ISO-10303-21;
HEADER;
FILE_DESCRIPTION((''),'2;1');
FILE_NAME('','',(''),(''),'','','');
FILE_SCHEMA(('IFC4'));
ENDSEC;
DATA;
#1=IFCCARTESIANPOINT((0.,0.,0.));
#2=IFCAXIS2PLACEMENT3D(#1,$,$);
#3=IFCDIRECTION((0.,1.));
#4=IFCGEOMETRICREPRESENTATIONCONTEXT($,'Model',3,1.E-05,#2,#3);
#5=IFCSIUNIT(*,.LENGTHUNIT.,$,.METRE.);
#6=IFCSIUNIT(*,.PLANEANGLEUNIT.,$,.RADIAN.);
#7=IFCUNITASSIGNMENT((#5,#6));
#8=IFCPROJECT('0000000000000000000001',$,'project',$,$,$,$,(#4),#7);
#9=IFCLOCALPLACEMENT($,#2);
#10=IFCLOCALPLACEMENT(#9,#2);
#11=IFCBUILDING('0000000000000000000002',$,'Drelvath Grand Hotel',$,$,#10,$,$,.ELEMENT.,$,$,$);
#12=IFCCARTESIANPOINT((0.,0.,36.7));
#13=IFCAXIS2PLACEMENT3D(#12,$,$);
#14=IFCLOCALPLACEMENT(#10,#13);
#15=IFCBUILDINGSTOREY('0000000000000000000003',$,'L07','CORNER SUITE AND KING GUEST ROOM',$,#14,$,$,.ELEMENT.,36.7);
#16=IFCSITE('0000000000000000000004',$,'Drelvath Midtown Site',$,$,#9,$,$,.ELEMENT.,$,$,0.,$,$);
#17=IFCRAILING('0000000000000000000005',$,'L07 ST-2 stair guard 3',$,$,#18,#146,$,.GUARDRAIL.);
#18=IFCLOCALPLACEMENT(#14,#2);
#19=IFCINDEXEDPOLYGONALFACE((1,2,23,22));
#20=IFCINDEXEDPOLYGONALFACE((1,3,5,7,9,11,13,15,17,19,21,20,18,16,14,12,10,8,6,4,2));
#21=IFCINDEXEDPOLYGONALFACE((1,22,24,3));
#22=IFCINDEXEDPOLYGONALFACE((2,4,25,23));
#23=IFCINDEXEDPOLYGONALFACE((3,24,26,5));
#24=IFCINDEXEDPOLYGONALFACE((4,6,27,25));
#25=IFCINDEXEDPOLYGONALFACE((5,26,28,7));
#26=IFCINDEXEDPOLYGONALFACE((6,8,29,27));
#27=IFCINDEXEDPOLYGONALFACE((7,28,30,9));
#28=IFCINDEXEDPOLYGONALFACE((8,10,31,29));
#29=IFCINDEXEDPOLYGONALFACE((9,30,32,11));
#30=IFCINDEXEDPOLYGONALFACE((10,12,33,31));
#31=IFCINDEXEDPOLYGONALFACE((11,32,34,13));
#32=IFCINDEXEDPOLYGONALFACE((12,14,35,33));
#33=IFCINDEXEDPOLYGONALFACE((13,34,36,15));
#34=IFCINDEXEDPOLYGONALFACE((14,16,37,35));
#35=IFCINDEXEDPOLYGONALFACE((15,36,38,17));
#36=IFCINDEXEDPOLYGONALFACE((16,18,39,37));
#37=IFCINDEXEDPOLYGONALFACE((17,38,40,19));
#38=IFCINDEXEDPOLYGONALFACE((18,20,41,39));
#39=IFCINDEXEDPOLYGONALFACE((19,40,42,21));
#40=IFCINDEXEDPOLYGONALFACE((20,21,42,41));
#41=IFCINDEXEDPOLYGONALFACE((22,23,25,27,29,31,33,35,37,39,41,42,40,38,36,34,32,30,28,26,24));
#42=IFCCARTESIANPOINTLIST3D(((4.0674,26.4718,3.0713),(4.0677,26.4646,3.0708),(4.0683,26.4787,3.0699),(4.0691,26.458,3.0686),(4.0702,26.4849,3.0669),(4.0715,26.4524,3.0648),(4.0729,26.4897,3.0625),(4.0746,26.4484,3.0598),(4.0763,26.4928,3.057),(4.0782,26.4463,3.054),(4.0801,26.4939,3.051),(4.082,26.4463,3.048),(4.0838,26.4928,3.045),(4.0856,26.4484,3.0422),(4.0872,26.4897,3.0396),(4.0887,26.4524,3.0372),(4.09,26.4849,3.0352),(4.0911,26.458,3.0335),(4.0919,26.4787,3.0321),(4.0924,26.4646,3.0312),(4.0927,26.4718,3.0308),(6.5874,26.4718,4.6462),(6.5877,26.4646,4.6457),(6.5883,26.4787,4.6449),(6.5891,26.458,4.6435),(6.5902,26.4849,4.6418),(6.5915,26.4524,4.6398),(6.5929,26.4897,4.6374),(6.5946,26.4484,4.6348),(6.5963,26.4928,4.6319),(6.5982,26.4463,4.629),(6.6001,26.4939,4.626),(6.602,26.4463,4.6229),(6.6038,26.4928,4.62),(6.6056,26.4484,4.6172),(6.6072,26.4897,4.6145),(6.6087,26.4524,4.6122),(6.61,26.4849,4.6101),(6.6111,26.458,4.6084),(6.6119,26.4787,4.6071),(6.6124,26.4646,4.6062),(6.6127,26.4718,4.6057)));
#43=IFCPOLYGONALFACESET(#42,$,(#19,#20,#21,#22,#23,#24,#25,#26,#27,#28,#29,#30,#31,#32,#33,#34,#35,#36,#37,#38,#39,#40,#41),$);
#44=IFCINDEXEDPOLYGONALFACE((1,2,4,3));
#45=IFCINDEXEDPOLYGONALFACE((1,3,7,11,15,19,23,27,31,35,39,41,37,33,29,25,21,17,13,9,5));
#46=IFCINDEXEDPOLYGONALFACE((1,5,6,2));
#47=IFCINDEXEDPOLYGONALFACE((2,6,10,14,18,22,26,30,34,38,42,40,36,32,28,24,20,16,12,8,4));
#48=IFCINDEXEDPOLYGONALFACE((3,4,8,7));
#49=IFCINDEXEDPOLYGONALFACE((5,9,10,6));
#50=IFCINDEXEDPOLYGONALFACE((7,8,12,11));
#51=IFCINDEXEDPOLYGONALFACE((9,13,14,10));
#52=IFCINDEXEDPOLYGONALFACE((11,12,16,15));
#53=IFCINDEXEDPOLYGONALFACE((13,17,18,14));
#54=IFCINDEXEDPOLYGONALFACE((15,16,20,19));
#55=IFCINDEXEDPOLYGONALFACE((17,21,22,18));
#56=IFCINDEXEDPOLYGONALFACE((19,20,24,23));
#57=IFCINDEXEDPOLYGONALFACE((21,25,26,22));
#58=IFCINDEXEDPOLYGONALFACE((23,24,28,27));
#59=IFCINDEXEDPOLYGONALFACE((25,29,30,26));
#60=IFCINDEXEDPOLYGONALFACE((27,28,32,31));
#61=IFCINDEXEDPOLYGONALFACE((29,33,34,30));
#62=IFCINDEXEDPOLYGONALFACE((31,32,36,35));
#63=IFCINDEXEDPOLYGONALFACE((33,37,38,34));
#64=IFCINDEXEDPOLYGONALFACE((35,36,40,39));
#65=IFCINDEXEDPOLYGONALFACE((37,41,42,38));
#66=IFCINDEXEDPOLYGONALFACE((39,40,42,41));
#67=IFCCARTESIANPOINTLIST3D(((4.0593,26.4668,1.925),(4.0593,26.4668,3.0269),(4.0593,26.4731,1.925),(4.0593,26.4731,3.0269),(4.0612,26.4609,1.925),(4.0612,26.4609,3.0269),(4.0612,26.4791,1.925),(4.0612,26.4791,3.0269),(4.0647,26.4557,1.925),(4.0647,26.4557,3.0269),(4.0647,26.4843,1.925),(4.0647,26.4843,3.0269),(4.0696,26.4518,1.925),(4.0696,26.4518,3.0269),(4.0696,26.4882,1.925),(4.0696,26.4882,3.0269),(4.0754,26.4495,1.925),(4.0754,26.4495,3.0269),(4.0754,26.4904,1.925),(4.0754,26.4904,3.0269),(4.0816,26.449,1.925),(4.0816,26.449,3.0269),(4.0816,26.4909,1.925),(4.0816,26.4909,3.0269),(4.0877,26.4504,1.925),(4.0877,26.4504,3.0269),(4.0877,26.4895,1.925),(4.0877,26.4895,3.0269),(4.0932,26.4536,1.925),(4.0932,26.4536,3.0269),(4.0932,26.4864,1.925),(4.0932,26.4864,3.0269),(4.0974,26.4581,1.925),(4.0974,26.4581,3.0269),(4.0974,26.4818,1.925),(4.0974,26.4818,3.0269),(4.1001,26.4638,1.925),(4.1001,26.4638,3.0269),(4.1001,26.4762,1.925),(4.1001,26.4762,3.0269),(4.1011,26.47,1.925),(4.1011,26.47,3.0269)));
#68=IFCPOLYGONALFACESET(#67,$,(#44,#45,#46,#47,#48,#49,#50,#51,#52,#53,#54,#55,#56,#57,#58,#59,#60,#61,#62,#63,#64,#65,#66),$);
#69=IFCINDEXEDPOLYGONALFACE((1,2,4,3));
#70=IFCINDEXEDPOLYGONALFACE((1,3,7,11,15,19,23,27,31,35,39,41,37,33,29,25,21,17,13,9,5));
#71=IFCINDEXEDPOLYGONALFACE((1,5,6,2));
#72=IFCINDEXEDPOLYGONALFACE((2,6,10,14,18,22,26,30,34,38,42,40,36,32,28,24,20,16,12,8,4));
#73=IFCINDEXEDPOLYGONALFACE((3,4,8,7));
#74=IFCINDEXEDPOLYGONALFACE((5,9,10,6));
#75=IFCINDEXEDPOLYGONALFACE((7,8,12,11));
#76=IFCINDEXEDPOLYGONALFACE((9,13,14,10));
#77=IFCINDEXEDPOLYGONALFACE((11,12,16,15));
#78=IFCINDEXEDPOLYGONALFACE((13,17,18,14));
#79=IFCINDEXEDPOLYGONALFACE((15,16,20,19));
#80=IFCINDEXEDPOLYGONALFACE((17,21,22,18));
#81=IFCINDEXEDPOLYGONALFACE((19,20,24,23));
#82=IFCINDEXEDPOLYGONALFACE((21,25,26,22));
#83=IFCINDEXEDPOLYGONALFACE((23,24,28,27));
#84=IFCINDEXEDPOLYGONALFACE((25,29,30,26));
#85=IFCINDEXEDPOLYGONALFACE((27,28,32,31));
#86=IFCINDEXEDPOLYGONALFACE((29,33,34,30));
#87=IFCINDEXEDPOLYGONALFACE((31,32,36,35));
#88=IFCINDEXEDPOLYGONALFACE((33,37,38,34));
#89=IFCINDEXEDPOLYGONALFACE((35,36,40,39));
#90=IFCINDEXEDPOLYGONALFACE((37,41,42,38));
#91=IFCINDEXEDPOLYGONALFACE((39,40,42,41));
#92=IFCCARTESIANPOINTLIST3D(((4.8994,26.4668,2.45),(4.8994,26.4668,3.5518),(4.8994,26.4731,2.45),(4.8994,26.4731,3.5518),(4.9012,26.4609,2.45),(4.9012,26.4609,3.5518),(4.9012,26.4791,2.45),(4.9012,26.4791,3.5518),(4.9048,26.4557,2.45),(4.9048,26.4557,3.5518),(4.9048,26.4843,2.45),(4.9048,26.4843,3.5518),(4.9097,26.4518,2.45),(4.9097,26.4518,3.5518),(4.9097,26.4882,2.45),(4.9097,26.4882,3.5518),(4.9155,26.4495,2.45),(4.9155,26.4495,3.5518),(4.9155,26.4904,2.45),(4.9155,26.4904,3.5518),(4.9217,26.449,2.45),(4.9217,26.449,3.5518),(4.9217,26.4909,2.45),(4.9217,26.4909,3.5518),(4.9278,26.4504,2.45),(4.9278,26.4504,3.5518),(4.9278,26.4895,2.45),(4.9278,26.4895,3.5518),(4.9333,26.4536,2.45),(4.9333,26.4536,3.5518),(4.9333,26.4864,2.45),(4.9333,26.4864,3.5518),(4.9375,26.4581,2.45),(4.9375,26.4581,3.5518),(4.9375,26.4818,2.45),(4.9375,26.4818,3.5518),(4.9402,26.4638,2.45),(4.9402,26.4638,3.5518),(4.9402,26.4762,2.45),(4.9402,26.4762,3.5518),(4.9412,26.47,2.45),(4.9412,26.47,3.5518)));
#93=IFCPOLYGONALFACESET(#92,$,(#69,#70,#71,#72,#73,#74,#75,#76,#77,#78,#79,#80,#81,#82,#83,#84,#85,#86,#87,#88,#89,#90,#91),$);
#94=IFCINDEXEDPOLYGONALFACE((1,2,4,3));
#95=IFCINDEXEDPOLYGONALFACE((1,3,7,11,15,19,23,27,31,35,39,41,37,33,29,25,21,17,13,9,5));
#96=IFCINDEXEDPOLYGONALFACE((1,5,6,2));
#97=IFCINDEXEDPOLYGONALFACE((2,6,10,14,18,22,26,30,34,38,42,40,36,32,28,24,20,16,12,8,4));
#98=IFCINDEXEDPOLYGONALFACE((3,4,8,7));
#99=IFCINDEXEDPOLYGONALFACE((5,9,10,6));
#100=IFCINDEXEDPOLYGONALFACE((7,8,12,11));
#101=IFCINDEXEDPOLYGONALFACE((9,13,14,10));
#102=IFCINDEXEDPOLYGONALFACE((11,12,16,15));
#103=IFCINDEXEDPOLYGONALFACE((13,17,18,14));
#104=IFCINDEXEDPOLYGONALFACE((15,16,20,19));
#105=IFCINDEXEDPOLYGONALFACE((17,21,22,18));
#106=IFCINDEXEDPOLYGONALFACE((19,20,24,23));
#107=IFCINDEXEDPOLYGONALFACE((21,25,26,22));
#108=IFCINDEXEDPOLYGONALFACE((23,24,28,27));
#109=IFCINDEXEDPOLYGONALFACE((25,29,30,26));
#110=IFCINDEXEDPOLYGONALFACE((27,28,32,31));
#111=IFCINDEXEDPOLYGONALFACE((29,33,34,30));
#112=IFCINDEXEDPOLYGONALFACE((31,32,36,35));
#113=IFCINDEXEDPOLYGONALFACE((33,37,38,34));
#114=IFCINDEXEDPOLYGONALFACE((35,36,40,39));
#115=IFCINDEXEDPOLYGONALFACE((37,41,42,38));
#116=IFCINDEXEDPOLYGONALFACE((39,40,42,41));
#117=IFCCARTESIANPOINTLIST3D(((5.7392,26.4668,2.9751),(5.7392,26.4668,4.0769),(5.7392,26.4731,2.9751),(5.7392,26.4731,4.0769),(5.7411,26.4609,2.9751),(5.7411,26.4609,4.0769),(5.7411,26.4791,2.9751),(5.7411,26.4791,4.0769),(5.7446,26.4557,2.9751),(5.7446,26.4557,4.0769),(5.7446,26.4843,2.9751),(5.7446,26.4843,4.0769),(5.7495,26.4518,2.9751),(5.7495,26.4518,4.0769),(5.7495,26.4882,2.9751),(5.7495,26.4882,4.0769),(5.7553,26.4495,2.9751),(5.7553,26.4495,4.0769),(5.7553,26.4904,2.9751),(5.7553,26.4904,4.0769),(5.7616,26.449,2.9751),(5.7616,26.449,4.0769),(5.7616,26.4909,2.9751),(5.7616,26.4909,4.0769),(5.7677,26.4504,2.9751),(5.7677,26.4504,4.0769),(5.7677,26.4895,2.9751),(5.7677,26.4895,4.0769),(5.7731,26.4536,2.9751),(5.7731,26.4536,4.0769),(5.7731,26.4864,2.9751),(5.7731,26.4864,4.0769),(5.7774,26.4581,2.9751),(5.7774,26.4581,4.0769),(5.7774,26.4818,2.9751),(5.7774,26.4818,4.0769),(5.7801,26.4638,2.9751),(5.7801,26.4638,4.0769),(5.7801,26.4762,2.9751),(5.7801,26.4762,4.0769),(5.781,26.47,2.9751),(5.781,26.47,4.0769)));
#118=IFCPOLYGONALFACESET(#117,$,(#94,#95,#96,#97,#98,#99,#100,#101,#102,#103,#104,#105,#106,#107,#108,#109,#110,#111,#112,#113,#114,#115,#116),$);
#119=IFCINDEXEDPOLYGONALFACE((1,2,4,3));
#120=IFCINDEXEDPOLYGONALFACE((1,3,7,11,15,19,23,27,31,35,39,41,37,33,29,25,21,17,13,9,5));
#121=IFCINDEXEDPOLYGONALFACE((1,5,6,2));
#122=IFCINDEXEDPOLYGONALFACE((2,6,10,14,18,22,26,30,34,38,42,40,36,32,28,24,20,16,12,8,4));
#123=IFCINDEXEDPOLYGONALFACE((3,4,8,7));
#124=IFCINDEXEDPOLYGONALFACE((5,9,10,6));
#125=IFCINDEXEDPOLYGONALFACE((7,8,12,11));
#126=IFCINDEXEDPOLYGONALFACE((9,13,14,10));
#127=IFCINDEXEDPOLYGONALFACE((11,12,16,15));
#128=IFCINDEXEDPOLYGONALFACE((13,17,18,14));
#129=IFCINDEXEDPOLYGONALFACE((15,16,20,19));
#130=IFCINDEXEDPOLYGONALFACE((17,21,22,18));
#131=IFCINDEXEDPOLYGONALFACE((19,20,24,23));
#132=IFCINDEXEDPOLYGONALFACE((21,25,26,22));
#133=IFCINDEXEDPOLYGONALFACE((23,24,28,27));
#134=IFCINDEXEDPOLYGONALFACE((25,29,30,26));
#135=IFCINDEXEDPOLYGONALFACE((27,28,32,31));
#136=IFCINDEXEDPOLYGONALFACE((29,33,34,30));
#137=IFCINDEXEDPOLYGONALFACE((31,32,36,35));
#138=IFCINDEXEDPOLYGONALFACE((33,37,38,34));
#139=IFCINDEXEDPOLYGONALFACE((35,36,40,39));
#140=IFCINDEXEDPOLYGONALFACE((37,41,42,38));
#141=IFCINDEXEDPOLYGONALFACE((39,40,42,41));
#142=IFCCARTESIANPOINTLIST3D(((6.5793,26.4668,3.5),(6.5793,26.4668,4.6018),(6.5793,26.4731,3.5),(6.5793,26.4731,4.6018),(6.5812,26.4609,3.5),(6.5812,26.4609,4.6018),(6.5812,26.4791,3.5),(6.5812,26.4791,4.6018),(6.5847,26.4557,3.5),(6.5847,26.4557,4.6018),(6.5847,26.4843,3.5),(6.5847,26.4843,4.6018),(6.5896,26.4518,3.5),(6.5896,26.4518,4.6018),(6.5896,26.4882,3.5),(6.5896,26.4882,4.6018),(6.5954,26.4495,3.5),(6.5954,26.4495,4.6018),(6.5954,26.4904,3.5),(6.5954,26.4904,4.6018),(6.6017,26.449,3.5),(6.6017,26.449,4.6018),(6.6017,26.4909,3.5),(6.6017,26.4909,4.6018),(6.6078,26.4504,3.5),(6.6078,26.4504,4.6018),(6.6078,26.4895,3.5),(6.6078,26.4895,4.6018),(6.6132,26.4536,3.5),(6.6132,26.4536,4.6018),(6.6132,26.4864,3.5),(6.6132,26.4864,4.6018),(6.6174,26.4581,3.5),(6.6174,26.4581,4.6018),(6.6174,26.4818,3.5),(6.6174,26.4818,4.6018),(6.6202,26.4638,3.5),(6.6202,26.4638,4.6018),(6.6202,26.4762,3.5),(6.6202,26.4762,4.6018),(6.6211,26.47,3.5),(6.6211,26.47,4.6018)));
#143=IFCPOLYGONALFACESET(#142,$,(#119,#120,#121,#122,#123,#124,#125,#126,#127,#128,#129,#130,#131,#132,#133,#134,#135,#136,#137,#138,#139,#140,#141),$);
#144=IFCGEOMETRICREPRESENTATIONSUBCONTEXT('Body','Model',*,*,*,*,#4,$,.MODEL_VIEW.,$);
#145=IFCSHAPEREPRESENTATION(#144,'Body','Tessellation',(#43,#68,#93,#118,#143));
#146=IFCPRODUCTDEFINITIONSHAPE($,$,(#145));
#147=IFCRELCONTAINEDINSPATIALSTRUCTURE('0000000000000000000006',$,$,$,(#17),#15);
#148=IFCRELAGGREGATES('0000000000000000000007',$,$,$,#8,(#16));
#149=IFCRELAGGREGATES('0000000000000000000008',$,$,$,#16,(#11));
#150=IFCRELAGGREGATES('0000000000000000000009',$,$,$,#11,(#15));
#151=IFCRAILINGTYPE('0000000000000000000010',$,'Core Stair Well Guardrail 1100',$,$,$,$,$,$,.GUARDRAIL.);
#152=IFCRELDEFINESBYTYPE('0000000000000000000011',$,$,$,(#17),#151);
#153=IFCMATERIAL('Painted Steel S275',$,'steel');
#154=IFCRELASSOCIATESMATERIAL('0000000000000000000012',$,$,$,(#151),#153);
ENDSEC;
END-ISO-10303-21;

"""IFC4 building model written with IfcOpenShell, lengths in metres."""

from ifc_helpers import new_model, si_unit, direction, frame, origin, origin_2d, place, context, subcontext, project, spatial, circle, extrude, material, type_object, element, save


model = new_model("IFC4")

# Units and contexts
model_context = context("Model", 3, precision=1e-05, world=origin(), true_north=direction((0.0, 1.0)))
body_context = subcontext(model_context, "Body", "Model", "MODEL_VIEW")
ifc_project = project(units=[si_unit("LENGTHUNIT", "METRE"), si_unit("PLANEANGLEUNIT", "RADIAN")], contexts=[model_context])

# Site, building, storey
site_placement = place(None, origin())
site = spatial("IfcSite", under=ifc_project, at=site_placement, Name="Drelvath Midtown Site", CompositionType="ELEMENT", RefElevation=0.0)
building_placement = place(site_placement, origin())
building = spatial("IfcBuilding", under=site, at=building_placement, Name="Drelvath Grand Hotel", CompositionType="ELEMENT")
storey_placement = place(building_placement, frame((0.0, 0.0, 36.7)))
storey = spatial("IfcBuildingStorey", under=building, at=storey_placement, Name="L07", Description="CORNER SUITE AND KING GUEST ROOM", CompositionType="ELEMENT", Elevation=36.7)

# Shared definitions
ifc_material_1 = material(Name="Painted Steel S275", Category="steel")

# Railing
railing_type_1 = type_object("IfcRailingType", Name="Core Stair Well Guardrail 1100", PredefinedType="GUARDRAIL", material=ifc_material_1)
railing_1_placement = place(storey_placement, frame((4.0801, 26.47, 1.925)))
element("IfcRailing", 1, at=railing_1_placement, inside=storey, type_object=railing_type_1, Name="L07 ST-2 stair guard 3", PredefinedType="GUARDRAIL", context=body_context, shape_type="SweptSolid", body=[
    extrude(circle(Radius=0.0239, at=origin_2d()), frame((0.0, 0.0, 1.126), z_axis=(0.848008, 0.0, 0.529984), x_axis=(0.0, 1.0, 0.0)), (0.0, 0.0, 1.0), 2.9717),
    extrude(circle(Radius=0.021, at=origin_2d()), origin(), (0.0, 0.0, 1.0), 1.1018),
    extrude(circle(Radius=0.021, at=origin_2d()), frame((0.8401, 0.0, 0.5249)), (0.0, 0.0, 1.0), 1.1018),
    extrude(circle(Radius=0.021, at=origin_2d()), frame((1.6799, 0.0, 1.05)), (0.0, 0.0, 1.0), 1.1018),
    extrude(circle(Radius=0.021, at=origin_2d()), frame((2.52, 0.0, 1.575)), (0.0, 0.0, 1.0), 1.1018),
])

save(model, "model.ifc")
